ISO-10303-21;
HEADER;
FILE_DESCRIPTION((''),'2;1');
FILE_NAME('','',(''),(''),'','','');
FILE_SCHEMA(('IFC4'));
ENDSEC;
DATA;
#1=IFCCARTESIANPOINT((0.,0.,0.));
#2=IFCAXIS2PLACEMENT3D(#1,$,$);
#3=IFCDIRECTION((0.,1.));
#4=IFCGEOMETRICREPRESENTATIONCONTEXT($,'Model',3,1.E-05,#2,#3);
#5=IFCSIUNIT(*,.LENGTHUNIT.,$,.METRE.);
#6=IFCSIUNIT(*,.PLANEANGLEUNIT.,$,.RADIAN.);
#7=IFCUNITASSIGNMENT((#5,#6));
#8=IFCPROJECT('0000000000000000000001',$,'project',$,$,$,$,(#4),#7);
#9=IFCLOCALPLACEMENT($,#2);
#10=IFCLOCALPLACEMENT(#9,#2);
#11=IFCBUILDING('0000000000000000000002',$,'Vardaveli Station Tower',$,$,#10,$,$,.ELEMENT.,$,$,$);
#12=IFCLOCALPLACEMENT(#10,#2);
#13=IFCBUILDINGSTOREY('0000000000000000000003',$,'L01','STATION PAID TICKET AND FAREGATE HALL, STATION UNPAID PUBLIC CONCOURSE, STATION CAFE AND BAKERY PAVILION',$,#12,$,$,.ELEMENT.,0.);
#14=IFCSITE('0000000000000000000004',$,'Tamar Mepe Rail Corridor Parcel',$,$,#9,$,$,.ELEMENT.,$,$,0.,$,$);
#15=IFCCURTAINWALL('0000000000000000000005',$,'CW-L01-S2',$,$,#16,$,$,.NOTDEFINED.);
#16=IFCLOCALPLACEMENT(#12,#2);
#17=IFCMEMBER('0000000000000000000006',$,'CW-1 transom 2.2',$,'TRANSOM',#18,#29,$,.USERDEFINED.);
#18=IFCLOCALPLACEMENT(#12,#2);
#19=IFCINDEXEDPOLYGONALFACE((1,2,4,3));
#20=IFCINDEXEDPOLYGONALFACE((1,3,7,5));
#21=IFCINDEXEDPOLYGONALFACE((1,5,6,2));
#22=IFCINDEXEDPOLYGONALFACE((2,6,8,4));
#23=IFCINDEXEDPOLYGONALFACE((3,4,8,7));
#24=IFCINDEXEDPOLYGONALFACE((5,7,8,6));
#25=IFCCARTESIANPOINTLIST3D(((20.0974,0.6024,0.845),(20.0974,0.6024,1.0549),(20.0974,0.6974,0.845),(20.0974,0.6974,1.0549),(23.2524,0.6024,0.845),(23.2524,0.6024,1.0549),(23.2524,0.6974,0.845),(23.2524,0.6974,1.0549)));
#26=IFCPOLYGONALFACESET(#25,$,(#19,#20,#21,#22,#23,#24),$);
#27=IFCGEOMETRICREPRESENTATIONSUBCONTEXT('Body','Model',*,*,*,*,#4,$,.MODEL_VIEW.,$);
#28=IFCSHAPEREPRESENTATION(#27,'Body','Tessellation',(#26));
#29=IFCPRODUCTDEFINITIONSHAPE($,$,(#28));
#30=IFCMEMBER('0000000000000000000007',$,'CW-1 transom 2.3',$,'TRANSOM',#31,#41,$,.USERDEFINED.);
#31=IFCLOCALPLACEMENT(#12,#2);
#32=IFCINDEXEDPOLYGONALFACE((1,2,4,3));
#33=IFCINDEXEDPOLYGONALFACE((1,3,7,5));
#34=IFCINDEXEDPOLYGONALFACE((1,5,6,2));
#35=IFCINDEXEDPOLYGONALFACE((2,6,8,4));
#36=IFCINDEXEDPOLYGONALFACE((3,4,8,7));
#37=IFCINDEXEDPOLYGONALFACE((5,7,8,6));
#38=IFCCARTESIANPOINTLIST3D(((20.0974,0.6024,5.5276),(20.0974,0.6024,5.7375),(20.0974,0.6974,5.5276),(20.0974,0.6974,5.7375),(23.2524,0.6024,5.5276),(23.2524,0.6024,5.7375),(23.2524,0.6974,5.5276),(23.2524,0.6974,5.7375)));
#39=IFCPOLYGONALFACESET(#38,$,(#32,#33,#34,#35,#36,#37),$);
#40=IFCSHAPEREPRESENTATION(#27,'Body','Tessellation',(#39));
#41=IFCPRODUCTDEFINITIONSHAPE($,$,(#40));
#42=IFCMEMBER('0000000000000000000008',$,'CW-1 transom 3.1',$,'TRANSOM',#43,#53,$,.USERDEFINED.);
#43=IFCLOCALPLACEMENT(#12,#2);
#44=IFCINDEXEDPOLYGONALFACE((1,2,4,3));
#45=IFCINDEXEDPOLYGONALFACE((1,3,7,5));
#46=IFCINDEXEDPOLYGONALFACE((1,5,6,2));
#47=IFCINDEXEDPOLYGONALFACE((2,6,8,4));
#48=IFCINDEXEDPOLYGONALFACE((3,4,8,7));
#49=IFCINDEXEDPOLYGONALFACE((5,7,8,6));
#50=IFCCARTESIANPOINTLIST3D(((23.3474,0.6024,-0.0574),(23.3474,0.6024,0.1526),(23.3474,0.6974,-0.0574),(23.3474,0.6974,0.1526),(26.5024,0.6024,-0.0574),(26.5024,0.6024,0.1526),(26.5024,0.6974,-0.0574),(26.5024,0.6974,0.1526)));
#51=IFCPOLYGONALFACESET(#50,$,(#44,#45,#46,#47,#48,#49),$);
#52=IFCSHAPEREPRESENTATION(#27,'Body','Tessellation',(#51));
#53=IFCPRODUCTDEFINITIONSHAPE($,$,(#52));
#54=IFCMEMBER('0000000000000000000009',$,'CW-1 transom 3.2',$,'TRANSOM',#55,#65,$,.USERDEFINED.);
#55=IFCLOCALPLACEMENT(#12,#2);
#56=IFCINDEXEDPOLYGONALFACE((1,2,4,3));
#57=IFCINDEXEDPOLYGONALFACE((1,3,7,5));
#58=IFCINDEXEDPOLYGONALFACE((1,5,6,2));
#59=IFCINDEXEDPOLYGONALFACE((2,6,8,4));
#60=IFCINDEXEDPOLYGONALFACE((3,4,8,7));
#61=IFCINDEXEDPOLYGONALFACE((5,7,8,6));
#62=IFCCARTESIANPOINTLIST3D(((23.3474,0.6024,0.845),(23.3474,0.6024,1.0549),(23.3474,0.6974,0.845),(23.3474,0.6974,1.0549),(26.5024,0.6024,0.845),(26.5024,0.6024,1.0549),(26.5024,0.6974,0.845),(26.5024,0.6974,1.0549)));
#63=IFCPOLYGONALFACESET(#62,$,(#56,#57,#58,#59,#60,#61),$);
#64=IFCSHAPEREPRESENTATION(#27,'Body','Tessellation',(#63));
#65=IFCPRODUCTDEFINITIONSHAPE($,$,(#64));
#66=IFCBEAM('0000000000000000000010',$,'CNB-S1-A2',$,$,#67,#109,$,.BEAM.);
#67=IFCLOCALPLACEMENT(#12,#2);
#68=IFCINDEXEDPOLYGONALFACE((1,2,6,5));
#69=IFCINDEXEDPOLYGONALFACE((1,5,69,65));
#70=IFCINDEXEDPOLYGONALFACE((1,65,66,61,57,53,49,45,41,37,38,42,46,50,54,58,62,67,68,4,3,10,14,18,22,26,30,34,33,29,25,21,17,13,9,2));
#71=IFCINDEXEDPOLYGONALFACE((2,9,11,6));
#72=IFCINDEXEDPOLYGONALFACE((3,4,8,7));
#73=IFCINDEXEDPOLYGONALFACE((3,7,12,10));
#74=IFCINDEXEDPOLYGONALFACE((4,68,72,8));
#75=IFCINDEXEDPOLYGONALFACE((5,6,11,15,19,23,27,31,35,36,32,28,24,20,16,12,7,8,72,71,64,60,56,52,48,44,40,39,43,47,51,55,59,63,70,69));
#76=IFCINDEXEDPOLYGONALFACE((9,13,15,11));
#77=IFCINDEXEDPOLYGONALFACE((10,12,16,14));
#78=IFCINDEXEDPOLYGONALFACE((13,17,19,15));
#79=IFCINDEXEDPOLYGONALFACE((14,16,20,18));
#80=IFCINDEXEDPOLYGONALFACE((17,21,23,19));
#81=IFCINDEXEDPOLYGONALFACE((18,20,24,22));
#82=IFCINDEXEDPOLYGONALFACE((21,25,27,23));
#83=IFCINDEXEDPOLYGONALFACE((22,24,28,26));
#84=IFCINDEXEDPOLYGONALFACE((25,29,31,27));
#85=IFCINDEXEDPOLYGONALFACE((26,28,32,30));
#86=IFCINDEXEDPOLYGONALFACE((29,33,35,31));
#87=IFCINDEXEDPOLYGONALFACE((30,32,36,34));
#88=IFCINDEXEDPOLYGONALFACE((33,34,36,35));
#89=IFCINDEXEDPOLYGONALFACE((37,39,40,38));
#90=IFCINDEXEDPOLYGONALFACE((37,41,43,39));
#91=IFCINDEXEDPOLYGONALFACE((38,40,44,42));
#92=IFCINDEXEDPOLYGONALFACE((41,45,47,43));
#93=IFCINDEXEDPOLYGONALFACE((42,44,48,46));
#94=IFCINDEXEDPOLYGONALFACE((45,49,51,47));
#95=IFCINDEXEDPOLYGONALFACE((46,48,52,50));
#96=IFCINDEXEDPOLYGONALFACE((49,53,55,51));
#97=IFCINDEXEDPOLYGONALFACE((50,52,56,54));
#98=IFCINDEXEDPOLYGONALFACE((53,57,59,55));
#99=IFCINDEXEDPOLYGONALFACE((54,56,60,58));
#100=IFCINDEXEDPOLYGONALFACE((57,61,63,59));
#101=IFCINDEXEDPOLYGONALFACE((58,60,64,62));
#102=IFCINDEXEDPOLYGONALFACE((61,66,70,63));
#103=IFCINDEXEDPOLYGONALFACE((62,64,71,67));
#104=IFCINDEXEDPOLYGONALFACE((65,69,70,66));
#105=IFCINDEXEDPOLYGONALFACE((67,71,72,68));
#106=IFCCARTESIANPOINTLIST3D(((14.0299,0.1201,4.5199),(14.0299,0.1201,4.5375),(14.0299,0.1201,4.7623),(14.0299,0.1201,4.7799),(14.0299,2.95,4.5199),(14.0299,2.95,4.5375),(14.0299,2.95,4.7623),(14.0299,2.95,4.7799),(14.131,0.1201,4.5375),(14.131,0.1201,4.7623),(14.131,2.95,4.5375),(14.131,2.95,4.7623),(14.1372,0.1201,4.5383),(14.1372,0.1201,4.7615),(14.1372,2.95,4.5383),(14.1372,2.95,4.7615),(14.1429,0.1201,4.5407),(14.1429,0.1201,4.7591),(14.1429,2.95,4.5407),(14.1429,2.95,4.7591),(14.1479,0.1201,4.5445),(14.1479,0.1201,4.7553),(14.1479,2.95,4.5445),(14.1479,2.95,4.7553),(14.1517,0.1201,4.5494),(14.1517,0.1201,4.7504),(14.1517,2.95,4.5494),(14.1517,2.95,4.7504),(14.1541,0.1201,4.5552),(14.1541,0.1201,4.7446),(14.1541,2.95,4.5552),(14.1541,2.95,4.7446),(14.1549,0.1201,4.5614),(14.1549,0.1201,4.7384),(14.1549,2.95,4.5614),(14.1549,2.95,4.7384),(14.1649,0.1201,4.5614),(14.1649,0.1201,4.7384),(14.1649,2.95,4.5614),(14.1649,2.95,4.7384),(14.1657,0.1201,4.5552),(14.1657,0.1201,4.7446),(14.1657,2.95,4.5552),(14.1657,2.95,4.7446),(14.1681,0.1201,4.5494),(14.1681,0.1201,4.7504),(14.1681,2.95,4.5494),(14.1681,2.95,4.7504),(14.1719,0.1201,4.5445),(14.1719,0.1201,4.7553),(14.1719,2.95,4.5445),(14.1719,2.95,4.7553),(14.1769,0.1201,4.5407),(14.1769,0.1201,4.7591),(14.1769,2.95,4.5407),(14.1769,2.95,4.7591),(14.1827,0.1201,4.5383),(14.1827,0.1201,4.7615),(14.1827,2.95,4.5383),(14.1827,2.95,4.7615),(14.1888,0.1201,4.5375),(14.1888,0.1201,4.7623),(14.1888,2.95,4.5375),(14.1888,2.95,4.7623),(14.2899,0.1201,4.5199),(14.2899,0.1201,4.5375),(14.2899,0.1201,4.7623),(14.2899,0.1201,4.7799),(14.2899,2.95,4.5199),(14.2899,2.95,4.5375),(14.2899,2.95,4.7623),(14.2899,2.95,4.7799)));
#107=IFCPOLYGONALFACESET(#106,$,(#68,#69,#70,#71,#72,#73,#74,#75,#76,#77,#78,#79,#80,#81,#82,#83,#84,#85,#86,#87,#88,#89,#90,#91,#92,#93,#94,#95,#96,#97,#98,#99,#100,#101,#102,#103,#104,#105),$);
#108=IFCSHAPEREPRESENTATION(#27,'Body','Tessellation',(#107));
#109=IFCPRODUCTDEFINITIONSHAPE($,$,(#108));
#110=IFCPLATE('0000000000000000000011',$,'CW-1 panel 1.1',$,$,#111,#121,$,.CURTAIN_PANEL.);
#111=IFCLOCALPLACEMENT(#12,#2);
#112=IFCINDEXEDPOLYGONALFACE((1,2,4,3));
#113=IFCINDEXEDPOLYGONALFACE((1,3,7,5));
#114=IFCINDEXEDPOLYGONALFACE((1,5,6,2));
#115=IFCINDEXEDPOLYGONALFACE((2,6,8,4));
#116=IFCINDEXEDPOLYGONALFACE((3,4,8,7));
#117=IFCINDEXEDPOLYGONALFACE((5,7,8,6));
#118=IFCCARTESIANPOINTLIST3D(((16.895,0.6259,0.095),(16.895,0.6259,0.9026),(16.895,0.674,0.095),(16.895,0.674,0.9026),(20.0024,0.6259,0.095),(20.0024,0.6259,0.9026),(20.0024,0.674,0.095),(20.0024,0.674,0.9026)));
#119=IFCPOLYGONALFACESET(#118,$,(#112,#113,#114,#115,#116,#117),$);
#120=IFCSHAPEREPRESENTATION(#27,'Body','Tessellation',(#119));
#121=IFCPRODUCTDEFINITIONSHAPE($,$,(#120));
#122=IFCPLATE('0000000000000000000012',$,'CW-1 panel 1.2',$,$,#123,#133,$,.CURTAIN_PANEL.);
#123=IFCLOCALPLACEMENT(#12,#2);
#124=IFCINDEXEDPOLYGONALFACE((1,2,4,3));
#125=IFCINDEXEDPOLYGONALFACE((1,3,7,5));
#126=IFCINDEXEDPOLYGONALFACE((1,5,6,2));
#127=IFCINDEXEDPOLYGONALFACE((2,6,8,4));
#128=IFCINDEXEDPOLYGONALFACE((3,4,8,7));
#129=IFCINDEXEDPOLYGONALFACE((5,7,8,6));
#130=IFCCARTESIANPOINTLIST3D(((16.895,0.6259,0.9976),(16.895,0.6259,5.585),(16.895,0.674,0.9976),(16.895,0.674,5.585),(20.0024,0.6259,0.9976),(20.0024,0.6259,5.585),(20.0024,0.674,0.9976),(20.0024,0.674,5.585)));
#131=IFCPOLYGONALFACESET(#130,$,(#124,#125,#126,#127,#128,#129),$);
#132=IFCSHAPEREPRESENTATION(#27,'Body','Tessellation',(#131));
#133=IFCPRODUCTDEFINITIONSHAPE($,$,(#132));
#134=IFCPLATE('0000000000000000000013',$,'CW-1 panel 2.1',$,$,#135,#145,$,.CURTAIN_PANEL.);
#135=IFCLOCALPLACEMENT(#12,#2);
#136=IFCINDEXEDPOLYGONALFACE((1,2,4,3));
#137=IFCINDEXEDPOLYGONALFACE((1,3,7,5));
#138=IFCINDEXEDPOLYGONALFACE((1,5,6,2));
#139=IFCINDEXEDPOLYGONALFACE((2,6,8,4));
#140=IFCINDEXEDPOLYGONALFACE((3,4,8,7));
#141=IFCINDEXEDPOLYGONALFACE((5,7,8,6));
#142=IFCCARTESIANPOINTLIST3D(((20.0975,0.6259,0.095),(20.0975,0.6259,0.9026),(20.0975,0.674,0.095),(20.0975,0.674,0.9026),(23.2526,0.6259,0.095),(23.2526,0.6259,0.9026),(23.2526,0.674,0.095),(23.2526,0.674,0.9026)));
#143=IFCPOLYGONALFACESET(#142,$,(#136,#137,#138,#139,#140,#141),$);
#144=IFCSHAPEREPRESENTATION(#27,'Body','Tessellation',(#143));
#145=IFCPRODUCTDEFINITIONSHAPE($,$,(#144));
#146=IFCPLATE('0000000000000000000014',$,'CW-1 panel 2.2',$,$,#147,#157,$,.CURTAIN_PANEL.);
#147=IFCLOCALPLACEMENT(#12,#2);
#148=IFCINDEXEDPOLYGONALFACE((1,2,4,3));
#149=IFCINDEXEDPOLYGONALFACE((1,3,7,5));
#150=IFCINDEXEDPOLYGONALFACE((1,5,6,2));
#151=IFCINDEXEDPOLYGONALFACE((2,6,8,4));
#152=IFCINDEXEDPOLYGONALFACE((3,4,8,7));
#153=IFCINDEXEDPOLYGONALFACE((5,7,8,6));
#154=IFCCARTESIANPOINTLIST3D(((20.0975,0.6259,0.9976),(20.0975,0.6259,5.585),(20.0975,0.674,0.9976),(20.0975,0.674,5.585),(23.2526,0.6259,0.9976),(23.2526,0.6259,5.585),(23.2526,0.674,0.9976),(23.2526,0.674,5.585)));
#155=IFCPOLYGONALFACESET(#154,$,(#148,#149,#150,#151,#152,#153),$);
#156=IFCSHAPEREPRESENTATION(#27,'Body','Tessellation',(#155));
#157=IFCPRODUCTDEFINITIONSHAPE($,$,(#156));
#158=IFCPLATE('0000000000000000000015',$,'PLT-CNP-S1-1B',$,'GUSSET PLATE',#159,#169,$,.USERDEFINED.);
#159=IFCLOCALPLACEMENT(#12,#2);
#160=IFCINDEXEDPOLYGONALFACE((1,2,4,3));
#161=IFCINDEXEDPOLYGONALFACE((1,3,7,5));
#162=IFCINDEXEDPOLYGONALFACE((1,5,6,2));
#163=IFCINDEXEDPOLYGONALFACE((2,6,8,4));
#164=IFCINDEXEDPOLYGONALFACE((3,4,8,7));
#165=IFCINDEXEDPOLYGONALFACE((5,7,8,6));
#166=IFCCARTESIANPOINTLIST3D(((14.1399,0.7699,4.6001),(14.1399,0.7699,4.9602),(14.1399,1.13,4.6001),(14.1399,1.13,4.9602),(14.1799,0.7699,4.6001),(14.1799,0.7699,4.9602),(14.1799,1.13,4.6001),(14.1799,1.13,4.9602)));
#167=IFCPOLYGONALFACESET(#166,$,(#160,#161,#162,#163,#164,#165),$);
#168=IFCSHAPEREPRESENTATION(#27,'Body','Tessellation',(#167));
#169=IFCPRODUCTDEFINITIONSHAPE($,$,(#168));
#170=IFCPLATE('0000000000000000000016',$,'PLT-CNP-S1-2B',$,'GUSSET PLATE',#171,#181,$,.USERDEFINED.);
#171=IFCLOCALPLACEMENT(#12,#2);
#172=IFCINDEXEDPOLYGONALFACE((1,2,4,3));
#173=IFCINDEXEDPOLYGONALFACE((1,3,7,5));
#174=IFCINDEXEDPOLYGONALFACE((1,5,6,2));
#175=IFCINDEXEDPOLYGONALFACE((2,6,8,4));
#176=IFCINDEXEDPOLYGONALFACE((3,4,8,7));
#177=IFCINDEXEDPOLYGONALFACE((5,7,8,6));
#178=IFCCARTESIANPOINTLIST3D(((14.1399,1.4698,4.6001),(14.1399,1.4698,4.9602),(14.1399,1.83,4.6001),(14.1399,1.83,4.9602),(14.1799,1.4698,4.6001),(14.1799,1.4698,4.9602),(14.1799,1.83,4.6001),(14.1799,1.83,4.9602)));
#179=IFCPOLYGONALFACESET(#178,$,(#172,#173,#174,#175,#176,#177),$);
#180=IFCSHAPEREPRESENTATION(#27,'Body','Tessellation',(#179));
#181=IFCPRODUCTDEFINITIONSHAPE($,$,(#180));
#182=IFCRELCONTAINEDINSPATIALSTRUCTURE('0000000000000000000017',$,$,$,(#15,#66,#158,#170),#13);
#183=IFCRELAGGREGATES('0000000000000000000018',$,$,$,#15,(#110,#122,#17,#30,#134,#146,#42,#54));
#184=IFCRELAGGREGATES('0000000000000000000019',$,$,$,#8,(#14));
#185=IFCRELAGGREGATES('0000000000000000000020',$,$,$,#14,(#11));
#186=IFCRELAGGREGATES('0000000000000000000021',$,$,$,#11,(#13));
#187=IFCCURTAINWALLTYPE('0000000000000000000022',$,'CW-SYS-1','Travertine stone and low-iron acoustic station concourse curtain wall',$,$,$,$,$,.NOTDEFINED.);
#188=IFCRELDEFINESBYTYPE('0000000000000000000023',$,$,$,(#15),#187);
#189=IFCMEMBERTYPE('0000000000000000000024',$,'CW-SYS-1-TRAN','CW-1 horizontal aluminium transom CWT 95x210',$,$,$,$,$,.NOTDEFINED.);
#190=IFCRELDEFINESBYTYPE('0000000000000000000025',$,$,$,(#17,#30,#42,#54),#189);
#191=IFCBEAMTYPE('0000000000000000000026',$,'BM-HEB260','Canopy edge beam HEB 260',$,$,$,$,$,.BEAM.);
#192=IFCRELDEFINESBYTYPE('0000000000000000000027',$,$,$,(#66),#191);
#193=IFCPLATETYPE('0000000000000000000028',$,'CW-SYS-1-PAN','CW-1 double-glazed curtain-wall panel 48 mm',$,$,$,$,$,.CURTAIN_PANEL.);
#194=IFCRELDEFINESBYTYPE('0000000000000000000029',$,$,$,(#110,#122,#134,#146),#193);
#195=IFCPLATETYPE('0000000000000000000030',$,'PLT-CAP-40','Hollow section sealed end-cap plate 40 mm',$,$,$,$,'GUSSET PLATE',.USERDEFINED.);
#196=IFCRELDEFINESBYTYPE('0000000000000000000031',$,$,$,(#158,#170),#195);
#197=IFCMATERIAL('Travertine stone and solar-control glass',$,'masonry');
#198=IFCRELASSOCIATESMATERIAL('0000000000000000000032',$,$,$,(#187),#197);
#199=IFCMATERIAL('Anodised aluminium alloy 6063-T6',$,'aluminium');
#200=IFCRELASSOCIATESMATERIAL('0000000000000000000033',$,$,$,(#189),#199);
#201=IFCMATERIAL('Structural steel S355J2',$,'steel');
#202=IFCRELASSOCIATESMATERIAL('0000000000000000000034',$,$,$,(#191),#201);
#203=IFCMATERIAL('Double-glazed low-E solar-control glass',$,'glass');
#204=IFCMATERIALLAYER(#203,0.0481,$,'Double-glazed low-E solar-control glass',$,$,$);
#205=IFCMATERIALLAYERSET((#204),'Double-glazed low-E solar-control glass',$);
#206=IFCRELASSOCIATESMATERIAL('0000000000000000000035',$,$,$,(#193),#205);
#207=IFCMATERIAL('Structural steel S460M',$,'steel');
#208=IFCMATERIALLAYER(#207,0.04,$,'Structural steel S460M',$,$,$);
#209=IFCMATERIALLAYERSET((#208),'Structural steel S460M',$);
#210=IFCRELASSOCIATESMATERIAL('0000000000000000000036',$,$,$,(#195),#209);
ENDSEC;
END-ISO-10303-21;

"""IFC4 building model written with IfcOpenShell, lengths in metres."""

from ifc_helpers import new_model, si_unit, direction, frame, origin, origin_2d, place, context, subcontext, project, spatial, rectangle, i_section, extrude, source, transform, mapped, material, layer, layer_set, material_profile, profile_set, type_object, element, aggregate, save


model = new_model("IFC4")

# Units and contexts
model_context = context("Model", 3, precision=1e-05, world=origin(), true_north=direction((0.0, 1.0)))
body_context = subcontext(model_context, "Body", "Model", "MODEL_VIEW")
ifc_project = project(units=[si_unit("LENGTHUNIT", "METRE"), si_unit("PLANEANGLEUNIT", "RADIAN")], contexts=[model_context])

# Site, building, storey
site_placement = place(None, origin())
site = spatial("IfcSite", under=ifc_project, at=site_placement, Name="Tamar Mepe Rail Corridor Parcel", CompositionType="ELEMENT", RefElevation=0.0)
building_placement = place(site_placement, origin())
building = spatial("IfcBuilding", under=site, at=building_placement, Name="Vardaveli Station Tower", CompositionType="ELEMENT")
storey_placement = place(building_placement, origin())
storey = spatial("IfcBuildingStorey", under=building, at=storey_placement, Name="L01", Description="STATION PAID TICKET AND FAREGATE HALL, STATION UNPAID PUBLIC CONCOURSE, STATION CAFE AND BAKERY PAVILION", CompositionType="ELEMENT", Elevation=0.0)

# Shared definitions
ifc_material_1 = material(Name="Structural steel S355J2", Category="steel")

# Curtain wall, members
ifc_material_2 = material(Name="Travertine stone and solar-control glass", Category="masonry")
curtain_wall_type = type_object("IfcCurtainWallType", Name="CW-SYS-1", Description="Travertine stone and low-iron acoustic station concourse curtain wall", PredefinedType="NOTDEFINED", material=ifc_material_2)
curtain_wall_placement = place(storey_placement, origin())
curtain_wall = element("IfcCurtainWall", 1, at=curtain_wall_placement, inside=storey, type_object=curtain_wall_type, Name="CW-L01-S2", PredefinedType="NOTDEFINED")
ifc_material_3 = material(Name="Anodised aluminium alloy 6063-T6", Category="aluminium")
ifc_material_profile_1 = material_profile(ifc_material_3, rectangle(XDim=0.095, YDim=0.21, at=origin_2d()), Name="CWT 95x210")
ifc_profile_set_1 = profile_set([ifc_material_profile_1], Name="Anodised aluminium alloy 6063-T6")
member_type_1 = type_object("IfcMemberType", Name="CW-SYS-1-TRAN", Description="CW-1 horizontal aluminium transom CWT 95x210", PredefinedType="NOTDEFINED", material=ifc_profile_set_1)
shared_shape_1 = source(origin(), body_context, "Body", "SweptSolid", [
    extrude(rectangle(XDim=0.095, YDim=0.21, at=origin_2d()), origin(), (0.0, 0.0, 1.0), 3.155),
])
member_1_placement = place(storey_placement, frame((20.0974, 0.6499, 0.95), z_axis=(1.0, 0.0, 0.0), x_axis=(0.0, 1.0, 0.0)))
member_1 = element("IfcMember", 2, at=member_1_placement, type_object=member_type_1, Name="CW-1 transom 2.2", ObjectType="TRANSOM", PredefinedType="USERDEFINED", context=body_context, shape_type="MappedRepresentation", body=[
    mapped(shared_shape_1, transform((0.0, 0.0, 0.0), scale=1.0)),
])
member_2_placement = place(storey_placement, frame((20.0974, 0.6499, 5.6326), z_axis=(1.0, 0.0, 0.0), x_axis=(0.0, 1.0, 0.0)))
member_2 = element("IfcMember", 3, at=member_2_placement, type_object=member_type_1, Name="CW-1 transom 2.3", ObjectType="TRANSOM", PredefinedType="USERDEFINED", context=body_context, shape_type="MappedRepresentation", body=[
    mapped(shared_shape_1, transform((0.0, 0.0, 0.0), scale=1.0)),
])
member_3_placement = place(storey_placement, frame((23.3474, 0.6499, 0.0476), z_axis=(1.0, 0.0, 0.0), x_axis=(0.0, 1.0, 0.0)))
member_3 = element("IfcMember", 4, at=member_3_placement, type_object=member_type_1, Name="CW-1 transom 3.1", ObjectType="TRANSOM", PredefinedType="USERDEFINED", context=body_context, shape_type="MappedRepresentation", body=[
    mapped(shared_shape_1, transform((0.0, 0.0, 0.0), scale=1.0)),
])
member_4_placement = place(storey_placement, frame((23.3474, 0.6499, 0.95), z_axis=(1.0, 0.0, 0.0), x_axis=(0.0, 1.0, 0.0)))
member_4 = element("IfcMember", 5, at=member_4_placement, type_object=member_type_1, Name="CW-1 transom 3.2", ObjectType="TRANSOM", PredefinedType="USERDEFINED", context=body_context, shape_type="MappedRepresentation", body=[
    mapped(shared_shape_1, transform((0.0, 0.0, 0.0), scale=1.0)),
])

# Beam
ifc_material_profile_2 = material_profile(ifc_material_1, i_section(OverallWidth=0.26, OverallDepth=0.26, WebThickness=0.01, FlangeThickness=0.0176, FilletRadius=0.0239, at=origin_2d()), Name="HEB 260")
ifc_profile_set_2 = profile_set([ifc_material_profile_2], Name="Structural steel S355J2")
beam_type_1 = type_object("IfcBeamType", Name="BM-HEB260", Description="Canopy edge beam HEB 260", PredefinedType="BEAM", material=ifc_profile_set_2)
shared_shape_2 = source(origin(), body_context, "Body", "SweptSolid", [
    extrude(i_section(OverallWidth=0.26, OverallDepth=0.26, WebThickness=0.01, FlangeThickness=0.0176, FilletRadius=0.0239, at=origin_2d()), origin(), (0.0, 0.0, 1.0), 2.8298),
])
beam_1_placement = place(storey_placement, frame((14.1599, 2.95, 4.6499), z_axis=(0.0, -1.0, 0.0), x_axis=(1.0, 0.0, 0.0)))
element("IfcBeam", 6, at=beam_1_placement, inside=storey, type_object=beam_type_1, Name="CNB-S1-A2", PredefinedType="BEAM", context=body_context, shape_type="MappedRepresentation", body=[
    mapped(shared_shape_2, transform((0.0, 0.0, 0.0), scale=1.0)),
])

# Plates
ifc_material_4 = material(Name="Double-glazed low-E solar-control glass", Category="glass")
ifc_layer_1 = layer(ifc_material_4, 0.0481, Name="Double-glazed low-E solar-control glass")
ifc_layer_set_1 = layer_set([ifc_layer_1], Name="Double-glazed low-E solar-control glass")
plate_type_1 = type_object("IfcPlateType", Name="CW-SYS-1-PAN", Description="CW-1 double-glazed curtain-wall panel 48 mm", PredefinedType="CURTAIN_PANEL", material=ifc_layer_set_1)
shared_shape_3 = source(origin(), body_context, "Body", "SweptSolid", [
    extrude(rectangle(XDim=3.1074, YDim=0.0481, at=origin_2d()), origin(), (0.0, 0.0, 1.0), 0.8076),
])
plate_1_placement = place(storey_placement, frame((18.4487, 0.6499, 0.095), z_axis=(0.0, 0.0, 1.0), x_axis=(1.0, 0.0, 0.0)))
plate_1 = element("IfcPlate", 7, at=plate_1_placement, type_object=plate_type_1, Name="CW-1 panel 1.1", PredefinedType="CURTAIN_PANEL", context=body_context, shape_type="MappedRepresentation", body=[
    mapped(shared_shape_3, transform((0.0, 0.0, 0.0), scale=1.0)),
])
shared_shape_4 = source(origin(), body_context, "Body", "SweptSolid", [
    extrude(rectangle(XDim=3.1074, YDim=0.0481, at=origin_2d()), origin(), (0.0, 0.0, 1.0), 4.5874),
])
plate_2_placement = place(storey_placement, frame((18.4487, 0.6499, 0.9976), z_axis=(0.0, 0.0, 1.0), x_axis=(1.0, 0.0, 0.0)))
plate_2 = element("IfcPlate", 8, at=plate_2_placement, type_object=plate_type_1, Name="CW-1 panel 1.2", PredefinedType="CURTAIN_PANEL", context=body_context, shape_type="MappedRepresentation", body=[
    mapped(shared_shape_4, transform((0.0, 0.0, 0.0), scale=1.0)),
])
shared_shape_5 = source(origin(), body_context, "Body", "SweptSolid", [
    extrude(rectangle(XDim=3.155, YDim=0.0481, at=origin_2d()), origin(), (0.0, 0.0, 1.0), 0.8076),
])
plate_3_placement = place(storey_placement, frame((21.675, 0.6499, 0.095), z_axis=(0.0, 0.0, 1.0), x_axis=(1.0, 0.0, 0.0)))
plate_3 = element("IfcPlate", 9, at=plate_3_placement, type_object=plate_type_1, Name="CW-1 panel 2.1", PredefinedType="CURTAIN_PANEL", context=body_context, shape_type="MappedRepresentation", body=[
    mapped(shared_shape_5, transform((0.0, 0.0, 0.0), scale=1.0)),
])
shared_shape_6 = source(origin(), body_context, "Body", "SweptSolid", [
    extrude(rectangle(XDim=3.155, YDim=0.0481, at=origin_2d()), origin(), (0.0, 0.0, 1.0), 4.5874),
])
plate_4_placement = place(storey_placement, frame((21.675, 0.6499, 0.9976), z_axis=(0.0, 0.0, 1.0), x_axis=(1.0, 0.0, 0.0)))
plate_4 = element("IfcPlate", 10, at=plate_4_placement, type_object=plate_type_1, Name="CW-1 panel 2.2", PredefinedType="CURTAIN_PANEL", context=body_context, shape_type="MappedRepresentation", body=[
    mapped(shared_shape_6, transform((0.0, 0.0, 0.0), scale=1.0)),
])
aggregate(curtain_wall, [plate_1, plate_2, member_1, member_2, plate_3, plate_4, member_3, member_4])

# Plates
ifc_material_5 = material(Name="Structural steel S460M", Category="steel")
ifc_layer_2 = layer(ifc_material_5, 0.04, Name="Structural steel S460M")
ifc_layer_set_2 = layer_set([ifc_layer_2], Name="Structural steel S460M")
plate_type_2 = type_object("IfcPlateType", Name="PLT-CAP-40", Description="Hollow section sealed end-cap plate 40 mm", ElementType="GUSSET PLATE", PredefinedType="USERDEFINED", material=ifc_layer_set_2)
shared_shape_7 = source(origin(), body_context, "Body", "SweptSolid", [
    extrude(rectangle(XDim=0.04, YDim=0.3601, at=origin_2d()), origin(), (0.0, 0.0, 1.0), 0.3601),
])
for number, where, z_axis, x_axis, name in (
    (11, (14.1599, 0.95, 4.6001), (0.0, 0.0, 1.0), (1.0, 0.0, 0.0), "PLT-CNP-S1-1B"),
    (12, (14.1599, 1.6499, 4.6001), (0.0, 0.0, 1.0), (1.0, 0.0, 0.0), "PLT-CNP-S1-2B"),
):
    element("IfcPlate", number, at=place(storey_placement, frame(where, z_axis=z_axis, x_axis=x_axis)), inside=storey, type_object=plate_type_2, Name=name, ObjectType="GUSSET PLATE", PredefinedType="USERDEFINED", context=body_context, shape_type="MappedRepresentation", body=[
        mapped(shared_shape_7, transform((0.0, 0.0, 0.0), scale=1.0)),
    ])

save(model, "model.ifc")
